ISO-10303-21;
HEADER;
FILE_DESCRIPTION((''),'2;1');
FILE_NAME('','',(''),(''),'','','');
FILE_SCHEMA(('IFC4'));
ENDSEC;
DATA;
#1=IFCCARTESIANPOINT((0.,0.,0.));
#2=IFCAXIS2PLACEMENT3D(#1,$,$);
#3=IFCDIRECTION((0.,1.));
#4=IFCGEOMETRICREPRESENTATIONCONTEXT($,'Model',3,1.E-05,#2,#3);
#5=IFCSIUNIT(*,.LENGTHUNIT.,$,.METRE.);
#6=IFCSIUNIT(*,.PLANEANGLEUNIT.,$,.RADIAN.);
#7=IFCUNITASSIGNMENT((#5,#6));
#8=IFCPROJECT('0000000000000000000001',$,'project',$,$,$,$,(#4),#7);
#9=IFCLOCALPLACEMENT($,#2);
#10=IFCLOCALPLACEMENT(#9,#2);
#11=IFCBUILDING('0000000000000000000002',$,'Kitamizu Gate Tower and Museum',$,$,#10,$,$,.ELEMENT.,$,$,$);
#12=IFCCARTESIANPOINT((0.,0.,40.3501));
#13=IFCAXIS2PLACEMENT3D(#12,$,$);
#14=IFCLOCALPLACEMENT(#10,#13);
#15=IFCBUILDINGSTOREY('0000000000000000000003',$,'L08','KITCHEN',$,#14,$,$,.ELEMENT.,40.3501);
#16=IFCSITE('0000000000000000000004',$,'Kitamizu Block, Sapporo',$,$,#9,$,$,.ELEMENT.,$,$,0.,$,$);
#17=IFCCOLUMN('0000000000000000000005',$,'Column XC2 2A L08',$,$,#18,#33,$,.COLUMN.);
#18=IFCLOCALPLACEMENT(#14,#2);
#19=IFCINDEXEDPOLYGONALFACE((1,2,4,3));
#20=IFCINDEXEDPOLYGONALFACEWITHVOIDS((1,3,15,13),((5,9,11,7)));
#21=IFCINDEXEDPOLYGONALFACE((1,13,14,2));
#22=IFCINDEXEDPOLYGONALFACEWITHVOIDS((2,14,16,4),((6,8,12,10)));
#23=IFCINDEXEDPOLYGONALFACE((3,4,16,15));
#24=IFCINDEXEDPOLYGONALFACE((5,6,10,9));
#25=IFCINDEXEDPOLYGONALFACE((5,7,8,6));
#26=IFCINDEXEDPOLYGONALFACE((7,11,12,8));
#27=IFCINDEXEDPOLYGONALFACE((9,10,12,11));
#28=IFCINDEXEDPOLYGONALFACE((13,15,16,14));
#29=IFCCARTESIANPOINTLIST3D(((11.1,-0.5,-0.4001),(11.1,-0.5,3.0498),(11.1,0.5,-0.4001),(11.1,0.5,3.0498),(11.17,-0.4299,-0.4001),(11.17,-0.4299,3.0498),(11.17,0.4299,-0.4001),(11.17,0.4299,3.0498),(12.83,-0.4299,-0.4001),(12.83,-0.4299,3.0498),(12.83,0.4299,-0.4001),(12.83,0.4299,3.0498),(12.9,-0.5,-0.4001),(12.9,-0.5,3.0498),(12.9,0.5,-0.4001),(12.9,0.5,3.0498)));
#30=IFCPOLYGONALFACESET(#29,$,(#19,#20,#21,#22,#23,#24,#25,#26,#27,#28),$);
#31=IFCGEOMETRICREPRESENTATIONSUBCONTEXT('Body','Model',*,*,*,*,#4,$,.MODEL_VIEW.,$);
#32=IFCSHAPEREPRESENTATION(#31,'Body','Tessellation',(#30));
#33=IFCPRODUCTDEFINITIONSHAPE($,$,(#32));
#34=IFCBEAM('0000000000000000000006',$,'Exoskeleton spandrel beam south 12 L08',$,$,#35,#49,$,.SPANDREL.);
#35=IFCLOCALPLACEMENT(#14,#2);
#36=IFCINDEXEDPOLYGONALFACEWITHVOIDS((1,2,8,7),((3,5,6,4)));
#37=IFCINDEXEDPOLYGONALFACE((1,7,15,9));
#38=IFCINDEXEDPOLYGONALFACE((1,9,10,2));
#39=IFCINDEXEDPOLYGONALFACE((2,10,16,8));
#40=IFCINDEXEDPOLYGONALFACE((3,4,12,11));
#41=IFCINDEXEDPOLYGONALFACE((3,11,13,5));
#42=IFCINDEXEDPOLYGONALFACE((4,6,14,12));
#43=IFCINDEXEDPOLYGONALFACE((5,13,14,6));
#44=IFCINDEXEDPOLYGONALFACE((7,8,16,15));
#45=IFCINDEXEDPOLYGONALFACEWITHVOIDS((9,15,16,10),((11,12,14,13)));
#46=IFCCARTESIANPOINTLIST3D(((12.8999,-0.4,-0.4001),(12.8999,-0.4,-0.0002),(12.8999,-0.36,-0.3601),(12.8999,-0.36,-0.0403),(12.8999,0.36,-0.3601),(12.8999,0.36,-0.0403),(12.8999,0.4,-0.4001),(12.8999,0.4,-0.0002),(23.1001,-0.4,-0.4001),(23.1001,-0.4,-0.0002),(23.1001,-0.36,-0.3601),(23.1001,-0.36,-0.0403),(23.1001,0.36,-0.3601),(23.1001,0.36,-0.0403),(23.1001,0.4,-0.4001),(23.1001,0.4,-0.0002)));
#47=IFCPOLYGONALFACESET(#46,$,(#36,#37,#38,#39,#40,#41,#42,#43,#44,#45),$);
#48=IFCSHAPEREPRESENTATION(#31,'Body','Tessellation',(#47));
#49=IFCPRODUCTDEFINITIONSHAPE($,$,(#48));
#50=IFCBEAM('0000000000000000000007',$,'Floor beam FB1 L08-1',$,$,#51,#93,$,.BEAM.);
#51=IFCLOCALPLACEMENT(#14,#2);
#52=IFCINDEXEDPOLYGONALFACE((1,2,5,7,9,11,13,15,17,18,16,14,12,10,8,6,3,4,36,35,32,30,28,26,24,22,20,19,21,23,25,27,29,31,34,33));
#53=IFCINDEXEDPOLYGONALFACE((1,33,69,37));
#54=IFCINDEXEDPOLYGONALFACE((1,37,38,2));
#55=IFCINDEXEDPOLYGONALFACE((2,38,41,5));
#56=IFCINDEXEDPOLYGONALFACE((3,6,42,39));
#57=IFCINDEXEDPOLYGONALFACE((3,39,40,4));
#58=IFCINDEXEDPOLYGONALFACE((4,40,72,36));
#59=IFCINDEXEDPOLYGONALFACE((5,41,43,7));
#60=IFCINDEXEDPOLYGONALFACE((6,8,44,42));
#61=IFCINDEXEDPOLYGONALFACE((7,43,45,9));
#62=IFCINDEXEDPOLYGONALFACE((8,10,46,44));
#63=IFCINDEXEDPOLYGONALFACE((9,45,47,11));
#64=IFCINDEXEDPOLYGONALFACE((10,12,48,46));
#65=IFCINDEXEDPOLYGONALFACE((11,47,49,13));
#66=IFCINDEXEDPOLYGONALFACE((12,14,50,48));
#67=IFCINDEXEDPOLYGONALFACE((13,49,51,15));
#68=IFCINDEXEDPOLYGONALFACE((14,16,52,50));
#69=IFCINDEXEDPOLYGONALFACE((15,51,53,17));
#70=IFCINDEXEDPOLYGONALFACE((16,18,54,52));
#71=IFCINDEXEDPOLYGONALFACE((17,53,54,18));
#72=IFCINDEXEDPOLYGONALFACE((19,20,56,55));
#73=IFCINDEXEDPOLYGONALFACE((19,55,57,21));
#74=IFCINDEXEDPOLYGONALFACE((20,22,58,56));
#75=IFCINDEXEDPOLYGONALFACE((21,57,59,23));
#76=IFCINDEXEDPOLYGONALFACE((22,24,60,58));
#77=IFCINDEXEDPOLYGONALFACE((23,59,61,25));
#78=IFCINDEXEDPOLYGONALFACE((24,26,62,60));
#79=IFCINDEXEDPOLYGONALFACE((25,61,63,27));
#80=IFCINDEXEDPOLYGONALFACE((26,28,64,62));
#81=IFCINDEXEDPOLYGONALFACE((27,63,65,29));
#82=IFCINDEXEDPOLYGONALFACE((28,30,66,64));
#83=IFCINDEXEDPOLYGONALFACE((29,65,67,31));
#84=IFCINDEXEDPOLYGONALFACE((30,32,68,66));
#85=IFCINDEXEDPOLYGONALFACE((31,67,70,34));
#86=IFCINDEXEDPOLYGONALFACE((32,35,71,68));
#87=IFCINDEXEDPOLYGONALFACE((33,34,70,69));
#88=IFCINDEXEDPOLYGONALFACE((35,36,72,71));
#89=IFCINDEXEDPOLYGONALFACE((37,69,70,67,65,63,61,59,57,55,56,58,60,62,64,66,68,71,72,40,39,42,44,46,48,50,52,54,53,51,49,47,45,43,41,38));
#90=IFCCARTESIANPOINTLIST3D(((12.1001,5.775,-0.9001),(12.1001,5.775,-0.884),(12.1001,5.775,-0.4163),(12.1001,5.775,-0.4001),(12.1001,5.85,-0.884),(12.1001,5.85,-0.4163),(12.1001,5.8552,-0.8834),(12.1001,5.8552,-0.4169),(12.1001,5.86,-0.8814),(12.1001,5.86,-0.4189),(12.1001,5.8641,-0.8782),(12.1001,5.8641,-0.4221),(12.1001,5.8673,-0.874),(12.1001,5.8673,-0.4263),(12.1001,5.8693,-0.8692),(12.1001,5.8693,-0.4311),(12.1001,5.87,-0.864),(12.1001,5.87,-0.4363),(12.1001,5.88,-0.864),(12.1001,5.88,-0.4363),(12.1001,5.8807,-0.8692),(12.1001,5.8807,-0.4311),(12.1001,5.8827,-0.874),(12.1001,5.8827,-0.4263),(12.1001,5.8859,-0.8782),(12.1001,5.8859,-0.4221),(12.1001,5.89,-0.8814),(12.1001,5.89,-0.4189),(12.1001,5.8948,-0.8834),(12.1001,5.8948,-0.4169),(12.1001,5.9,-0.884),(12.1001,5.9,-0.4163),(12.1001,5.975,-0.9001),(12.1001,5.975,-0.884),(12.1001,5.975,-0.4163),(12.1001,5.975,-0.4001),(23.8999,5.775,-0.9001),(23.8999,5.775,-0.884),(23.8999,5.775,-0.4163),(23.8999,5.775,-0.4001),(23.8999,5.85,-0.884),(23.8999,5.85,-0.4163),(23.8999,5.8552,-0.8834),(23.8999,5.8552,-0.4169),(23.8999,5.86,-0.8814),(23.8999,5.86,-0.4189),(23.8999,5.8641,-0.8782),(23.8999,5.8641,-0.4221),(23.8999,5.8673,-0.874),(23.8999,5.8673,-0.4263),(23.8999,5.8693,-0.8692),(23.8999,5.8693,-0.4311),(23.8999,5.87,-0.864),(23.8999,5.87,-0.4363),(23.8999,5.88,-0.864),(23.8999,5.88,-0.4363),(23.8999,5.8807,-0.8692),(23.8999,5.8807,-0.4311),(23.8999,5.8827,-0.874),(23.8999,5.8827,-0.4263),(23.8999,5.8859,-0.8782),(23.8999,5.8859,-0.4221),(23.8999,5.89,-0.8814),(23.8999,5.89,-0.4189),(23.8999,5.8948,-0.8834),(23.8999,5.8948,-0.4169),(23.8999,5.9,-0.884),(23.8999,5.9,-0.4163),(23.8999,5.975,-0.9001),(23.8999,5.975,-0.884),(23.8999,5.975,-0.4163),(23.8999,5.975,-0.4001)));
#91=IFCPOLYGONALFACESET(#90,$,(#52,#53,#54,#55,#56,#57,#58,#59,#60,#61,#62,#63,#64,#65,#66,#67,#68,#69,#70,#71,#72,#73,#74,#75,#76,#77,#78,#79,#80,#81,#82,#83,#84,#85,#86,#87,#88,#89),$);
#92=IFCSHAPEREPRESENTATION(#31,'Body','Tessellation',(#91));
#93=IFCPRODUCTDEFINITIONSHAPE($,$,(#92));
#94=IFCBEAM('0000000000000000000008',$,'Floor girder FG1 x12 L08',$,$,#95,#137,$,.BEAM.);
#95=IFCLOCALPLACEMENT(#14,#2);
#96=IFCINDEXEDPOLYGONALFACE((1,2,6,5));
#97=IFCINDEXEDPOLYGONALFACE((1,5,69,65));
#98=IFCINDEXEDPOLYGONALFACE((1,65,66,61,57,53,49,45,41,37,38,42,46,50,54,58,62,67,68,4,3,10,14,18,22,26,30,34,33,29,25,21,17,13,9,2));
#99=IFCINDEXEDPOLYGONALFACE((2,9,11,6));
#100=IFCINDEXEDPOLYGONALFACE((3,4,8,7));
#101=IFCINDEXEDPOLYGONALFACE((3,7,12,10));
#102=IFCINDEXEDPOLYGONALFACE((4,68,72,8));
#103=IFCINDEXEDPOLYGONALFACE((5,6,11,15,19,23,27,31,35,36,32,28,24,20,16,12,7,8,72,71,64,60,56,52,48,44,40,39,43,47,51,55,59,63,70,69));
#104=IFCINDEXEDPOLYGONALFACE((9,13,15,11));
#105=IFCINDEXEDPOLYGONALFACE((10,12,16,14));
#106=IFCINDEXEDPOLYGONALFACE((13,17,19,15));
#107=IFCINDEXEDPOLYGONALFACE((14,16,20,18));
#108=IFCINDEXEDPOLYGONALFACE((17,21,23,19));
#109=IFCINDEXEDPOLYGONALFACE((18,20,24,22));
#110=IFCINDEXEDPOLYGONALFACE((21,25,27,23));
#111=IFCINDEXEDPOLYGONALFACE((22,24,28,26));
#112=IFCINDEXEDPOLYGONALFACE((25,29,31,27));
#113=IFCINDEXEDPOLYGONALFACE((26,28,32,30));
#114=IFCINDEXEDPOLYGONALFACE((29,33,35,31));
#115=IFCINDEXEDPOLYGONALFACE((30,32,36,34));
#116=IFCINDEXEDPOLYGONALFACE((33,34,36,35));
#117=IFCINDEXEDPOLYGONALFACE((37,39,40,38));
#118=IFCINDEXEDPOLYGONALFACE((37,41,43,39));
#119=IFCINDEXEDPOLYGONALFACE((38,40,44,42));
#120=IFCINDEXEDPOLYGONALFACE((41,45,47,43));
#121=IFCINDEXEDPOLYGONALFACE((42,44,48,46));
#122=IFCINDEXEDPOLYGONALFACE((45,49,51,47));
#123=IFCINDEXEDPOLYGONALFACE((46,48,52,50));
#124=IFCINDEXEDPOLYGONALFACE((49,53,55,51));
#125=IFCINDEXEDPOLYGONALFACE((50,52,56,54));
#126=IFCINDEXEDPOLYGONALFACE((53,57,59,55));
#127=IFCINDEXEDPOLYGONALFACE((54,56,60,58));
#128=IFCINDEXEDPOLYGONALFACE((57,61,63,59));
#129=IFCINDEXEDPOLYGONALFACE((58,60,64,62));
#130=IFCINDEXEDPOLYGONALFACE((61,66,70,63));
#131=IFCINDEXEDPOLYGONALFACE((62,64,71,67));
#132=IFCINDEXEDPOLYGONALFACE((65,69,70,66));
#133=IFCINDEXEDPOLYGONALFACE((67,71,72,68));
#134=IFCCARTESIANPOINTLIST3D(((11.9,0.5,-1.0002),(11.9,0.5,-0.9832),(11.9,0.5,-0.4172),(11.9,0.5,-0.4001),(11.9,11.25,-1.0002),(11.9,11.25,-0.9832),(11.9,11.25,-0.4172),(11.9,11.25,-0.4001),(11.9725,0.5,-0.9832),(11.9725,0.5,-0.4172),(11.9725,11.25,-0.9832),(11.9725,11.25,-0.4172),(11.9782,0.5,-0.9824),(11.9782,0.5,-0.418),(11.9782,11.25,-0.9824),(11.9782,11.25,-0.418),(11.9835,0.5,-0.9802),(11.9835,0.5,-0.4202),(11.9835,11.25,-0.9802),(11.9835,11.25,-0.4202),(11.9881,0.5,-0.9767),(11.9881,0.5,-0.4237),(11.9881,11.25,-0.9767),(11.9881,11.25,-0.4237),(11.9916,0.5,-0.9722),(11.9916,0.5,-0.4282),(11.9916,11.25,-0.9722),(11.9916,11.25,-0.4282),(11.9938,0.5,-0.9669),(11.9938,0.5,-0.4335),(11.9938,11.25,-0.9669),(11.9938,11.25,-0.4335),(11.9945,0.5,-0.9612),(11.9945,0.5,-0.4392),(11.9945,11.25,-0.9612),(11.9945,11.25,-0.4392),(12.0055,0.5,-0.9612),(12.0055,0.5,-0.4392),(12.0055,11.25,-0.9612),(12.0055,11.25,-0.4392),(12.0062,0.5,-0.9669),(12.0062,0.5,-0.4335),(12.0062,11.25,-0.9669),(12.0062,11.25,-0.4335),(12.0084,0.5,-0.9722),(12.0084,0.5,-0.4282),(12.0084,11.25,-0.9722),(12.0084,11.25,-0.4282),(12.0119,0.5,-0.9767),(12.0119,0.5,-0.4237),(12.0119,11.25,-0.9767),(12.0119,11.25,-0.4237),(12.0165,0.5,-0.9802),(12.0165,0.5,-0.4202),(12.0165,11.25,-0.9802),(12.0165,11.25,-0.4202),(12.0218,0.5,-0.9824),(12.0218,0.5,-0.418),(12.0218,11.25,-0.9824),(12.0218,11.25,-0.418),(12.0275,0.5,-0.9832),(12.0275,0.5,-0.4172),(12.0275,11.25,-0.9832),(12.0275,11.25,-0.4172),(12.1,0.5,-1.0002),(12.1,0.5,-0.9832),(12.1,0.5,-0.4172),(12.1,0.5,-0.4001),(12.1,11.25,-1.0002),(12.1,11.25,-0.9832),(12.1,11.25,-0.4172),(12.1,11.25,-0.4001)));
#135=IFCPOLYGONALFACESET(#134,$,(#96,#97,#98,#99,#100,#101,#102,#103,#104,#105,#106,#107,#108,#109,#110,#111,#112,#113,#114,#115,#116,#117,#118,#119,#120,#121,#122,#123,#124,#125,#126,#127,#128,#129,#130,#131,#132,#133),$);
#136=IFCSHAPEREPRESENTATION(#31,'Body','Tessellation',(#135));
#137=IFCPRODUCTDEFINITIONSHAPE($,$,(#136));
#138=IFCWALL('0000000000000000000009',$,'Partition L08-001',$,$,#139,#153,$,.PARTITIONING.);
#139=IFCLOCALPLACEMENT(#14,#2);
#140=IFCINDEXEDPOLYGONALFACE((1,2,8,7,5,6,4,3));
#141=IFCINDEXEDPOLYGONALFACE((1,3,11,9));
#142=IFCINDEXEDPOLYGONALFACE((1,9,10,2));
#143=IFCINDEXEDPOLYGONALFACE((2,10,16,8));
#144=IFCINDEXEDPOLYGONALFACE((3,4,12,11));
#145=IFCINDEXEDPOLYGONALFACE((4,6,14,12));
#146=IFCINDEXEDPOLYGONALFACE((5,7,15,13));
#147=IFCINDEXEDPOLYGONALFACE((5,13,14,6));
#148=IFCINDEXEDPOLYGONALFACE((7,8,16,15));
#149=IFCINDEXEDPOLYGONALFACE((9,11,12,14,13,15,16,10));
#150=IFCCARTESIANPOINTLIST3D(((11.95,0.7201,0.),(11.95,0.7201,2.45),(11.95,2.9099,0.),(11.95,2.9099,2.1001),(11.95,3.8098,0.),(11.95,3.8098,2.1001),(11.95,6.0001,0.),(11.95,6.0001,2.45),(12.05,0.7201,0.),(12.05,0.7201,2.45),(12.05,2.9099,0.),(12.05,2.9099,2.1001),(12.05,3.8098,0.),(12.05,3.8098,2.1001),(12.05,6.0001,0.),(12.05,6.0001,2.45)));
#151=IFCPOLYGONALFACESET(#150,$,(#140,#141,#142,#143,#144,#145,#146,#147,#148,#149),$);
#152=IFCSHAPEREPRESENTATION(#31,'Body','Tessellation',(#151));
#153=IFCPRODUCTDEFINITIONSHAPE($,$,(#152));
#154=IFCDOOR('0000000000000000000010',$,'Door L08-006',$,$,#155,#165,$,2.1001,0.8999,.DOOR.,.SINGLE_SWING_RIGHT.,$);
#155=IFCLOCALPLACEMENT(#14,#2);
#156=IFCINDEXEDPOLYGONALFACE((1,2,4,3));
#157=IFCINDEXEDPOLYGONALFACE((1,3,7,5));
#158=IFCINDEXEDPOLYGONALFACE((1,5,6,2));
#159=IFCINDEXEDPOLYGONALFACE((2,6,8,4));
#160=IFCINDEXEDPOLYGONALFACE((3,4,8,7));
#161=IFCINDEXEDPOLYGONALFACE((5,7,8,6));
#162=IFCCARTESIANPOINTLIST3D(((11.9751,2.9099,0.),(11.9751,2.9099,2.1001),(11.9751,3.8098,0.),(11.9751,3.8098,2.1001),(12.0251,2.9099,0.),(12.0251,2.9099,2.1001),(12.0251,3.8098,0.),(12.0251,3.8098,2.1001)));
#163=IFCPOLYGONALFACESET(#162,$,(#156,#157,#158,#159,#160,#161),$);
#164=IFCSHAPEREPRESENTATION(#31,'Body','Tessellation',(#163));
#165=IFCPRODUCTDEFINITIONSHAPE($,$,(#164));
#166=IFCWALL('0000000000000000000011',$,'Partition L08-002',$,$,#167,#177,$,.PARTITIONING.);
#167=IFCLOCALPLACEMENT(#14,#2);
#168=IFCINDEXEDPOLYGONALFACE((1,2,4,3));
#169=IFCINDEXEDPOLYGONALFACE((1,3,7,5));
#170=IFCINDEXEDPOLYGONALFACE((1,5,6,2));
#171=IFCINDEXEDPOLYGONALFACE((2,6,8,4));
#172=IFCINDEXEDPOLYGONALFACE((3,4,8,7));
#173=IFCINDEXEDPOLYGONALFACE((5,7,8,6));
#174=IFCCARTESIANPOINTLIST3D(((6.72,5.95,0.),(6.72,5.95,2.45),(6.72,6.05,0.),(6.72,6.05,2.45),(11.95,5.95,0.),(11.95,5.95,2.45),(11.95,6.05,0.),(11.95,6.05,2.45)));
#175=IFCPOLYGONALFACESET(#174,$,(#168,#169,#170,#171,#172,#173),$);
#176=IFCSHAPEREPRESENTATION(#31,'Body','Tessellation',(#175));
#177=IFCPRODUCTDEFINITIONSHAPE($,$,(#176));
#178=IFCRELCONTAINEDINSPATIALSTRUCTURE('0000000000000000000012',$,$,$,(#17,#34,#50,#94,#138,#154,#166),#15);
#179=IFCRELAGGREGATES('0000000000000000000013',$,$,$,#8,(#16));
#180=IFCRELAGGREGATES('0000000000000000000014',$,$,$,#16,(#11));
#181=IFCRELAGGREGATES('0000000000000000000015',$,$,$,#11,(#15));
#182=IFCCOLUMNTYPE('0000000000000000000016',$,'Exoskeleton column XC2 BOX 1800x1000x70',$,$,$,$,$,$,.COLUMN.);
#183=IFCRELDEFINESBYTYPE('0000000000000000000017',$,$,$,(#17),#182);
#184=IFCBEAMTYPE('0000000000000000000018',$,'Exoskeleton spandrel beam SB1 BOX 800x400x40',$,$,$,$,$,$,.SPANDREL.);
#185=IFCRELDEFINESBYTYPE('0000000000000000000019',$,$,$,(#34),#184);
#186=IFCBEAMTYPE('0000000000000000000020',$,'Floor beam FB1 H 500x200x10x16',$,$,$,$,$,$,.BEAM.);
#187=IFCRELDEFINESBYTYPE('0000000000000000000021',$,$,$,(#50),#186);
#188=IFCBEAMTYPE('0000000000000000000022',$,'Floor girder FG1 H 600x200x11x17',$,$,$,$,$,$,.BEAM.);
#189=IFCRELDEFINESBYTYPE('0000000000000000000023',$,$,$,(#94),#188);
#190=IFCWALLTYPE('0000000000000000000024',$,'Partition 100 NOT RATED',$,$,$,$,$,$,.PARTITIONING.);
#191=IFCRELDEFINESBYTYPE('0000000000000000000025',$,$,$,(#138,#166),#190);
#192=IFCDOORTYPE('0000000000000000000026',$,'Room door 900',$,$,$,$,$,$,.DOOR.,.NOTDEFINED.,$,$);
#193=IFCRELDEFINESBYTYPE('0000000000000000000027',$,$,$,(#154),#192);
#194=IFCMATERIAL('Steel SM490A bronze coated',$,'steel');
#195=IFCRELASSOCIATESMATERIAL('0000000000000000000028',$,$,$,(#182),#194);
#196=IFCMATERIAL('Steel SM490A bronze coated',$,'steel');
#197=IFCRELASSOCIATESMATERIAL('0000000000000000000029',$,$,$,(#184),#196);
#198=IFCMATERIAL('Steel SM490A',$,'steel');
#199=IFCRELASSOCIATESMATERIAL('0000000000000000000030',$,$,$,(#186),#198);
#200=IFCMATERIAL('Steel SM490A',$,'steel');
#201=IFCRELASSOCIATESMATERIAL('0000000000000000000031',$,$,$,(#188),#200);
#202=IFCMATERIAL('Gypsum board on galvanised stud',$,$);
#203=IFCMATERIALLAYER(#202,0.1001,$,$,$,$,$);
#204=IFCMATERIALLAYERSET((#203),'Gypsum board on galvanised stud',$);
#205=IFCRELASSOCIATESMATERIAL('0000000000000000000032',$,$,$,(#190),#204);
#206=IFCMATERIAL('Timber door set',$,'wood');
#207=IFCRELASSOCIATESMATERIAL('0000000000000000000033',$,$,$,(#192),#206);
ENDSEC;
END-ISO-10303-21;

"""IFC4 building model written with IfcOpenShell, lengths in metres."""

from ifc_helpers import new_model, si_unit, direction, frame, frame_2d, origin, origin_2d, place, context, subcontext, project, spatial, rectangle, hollow_rectangle, i_section, extrude, material, layer, layer_set, material_profile, profile_set, type_object, element, fill, save


model = new_model("IFC4")

# Units and contexts
model_context = context("Model", 3, precision=1e-05, world=origin(), true_north=direction((0.0, 1.0)))
body_context = subcontext(model_context, "Body", "Model", "MODEL_VIEW")
ifc_project = project(units=[si_unit("LENGTHUNIT", "METRE"), si_unit("PLANEANGLEUNIT", "RADIAN")], contexts=[model_context])

# Site, building, storey
site_placement = place(None, origin())
site = spatial("IfcSite", under=ifc_project, at=site_placement, Name="Kitamizu Block, Sapporo", CompositionType="ELEMENT", RefElevation=0.0)
building_placement = place(site_placement, origin())
building = spatial("IfcBuilding", under=site, at=building_placement, Name="Kitamizu Gate Tower and Museum", CompositionType="ELEMENT")
storey_placement = place(building_placement, frame((0.0, 0.0, 40.3501)))
storey = spatial("IfcBuildingStorey", under=building, at=storey_placement, Name="L08", Description="KITCHEN", CompositionType="ELEMENT", Elevation=40.3501)

# Column
ifc_material_1 = material(Name="Steel SM490A bronze coated", Category="steel")
ifc_material_profile_1 = material_profile(ifc_material_1, hollow_rectangle(XDim=1.8, YDim=1.0, WallThickness=0.0701, at=origin_2d()), Name="BOX 1800x1000x70")
ifc_profile_set_1 = profile_set([ifc_material_profile_1], Name="Steel SM490A bronze coated")
column_type = type_object("IfcColumnType", Name="Exoskeleton column XC2 BOX 1800x1000x70", PredefinedType="COLUMN", material=ifc_profile_set_1)
column_placement = place(storey_placement, frame((12.0, 0.0, -0.4001), z_axis=(0.0, 0.0, 1.0), x_axis=(1.0, 0.0, 0.0)))
element("IfcColumn", 1, at=column_placement, inside=storey, type_object=column_type, Name="Column XC2 2A L08", PredefinedType="COLUMN", context=body_context, shape_type="SweptSolid", body=[
    extrude(hollow_rectangle(XDim=1.8, YDim=1.0, WallThickness=0.0701, at=origin_2d()), origin(), (0.0, 0.0, 1.0), 3.45),
])

# Beams
ifc_material_2 = material(Name="Steel SM490A bronze coated", Category="steel")
ifc_material_profile_2 = material_profile(ifc_material_2, hollow_rectangle(XDim=0.8, YDim=0.3999, WallThickness=0.04, at=origin_2d()), Name="BOX 800x400x40")
ifc_profile_set_2 = profile_set([ifc_material_profile_2], Name="Steel SM490A bronze coated")
beam_type_1 = type_object("IfcBeamType", Name="Exoskeleton spandrel beam SB1 BOX 800x400x40", PredefinedType="SPANDREL", material=ifc_profile_set_2)
beam_1_placement = place(storey_placement, frame((12.8999, 0.0, -0.2002), z_axis=(1.0, 0.0, 0.0), x_axis=(0.0, 1.0, 0.0)))
element("IfcBeam", 2, at=beam_1_placement, inside=storey, type_object=beam_type_1, Name="Exoskeleton spandrel beam south 12 L08", PredefinedType="SPANDREL", context=body_context, shape_type="SweptSolid", body=[
    extrude(hollow_rectangle(XDim=0.8, YDim=0.3999, WallThickness=0.04, at=origin_2d()), origin(), (0.0, 0.0, 1.0), 10.2002),
])
ifc_material_3 = material(Name="Steel SM490A", Category="steel")
ifc_material_profile_3 = material_profile(ifc_material_3, i_section(OverallWidth=0.2, OverallDepth=0.5, WebThickness=0.01, FlangeThickness=0.0161, FilletRadius=0.02, at=origin_2d()), Name="H-500x200x10x16")
ifc_profile_set_3 = profile_set([ifc_material_profile_3], Name="Steel SM490A")
beam_type_2 = type_object("IfcBeamType", Name="Floor beam FB1 H 500x200x10x16", PredefinedType="BEAM", material=ifc_profile_set_3)
beam_2_placement = place(storey_placement, frame((12.1001, 5.875, -0.6501), z_axis=(1.0, 0.0, 0.0), x_axis=(0.0, 1.0, 0.0)))
element("IfcBeam", 3, at=beam_2_placement, inside=storey, type_object=beam_type_2, Name="Floor beam FB1 L08-1", PredefinedType="BEAM", context=body_context, shape_type="SweptSolid", body=[
    extrude(i_section(OverallWidth=0.2, OverallDepth=0.5, WebThickness=0.01, FlangeThickness=0.0161, FilletRadius=0.02, at=origin_2d()), origin(), (0.0, 0.0, 1.0), 11.7998),
])
ifc_material_4 = material(Name="Steel SM490A", Category="steel")
ifc_material_profile_4 = material_profile(ifc_material_4, i_section(OverallWidth=0.2, OverallDepth=0.6001, WebThickness=0.011, FlangeThickness=0.0171, FilletRadius=0.022, at=origin_2d()), Name="H-600x200x11x17")
ifc_profile_set_4 = profile_set([ifc_material_profile_4], Name="Steel SM490A")
beam_type_3 = type_object("IfcBeamType", Name="Floor girder FG1 H 600x200x11x17", PredefinedType="BEAM", material=ifc_profile_set_4)
beam_3_placement = place(storey_placement, frame((12.0, 0.5, -0.7002), z_axis=(0.0, 1.0, 0.0), x_axis=(-1.0, 0.0, 0.0)))
element("IfcBeam", 4, at=beam_3_placement, inside=storey, type_object=beam_type_3, Name="Floor girder FG1 x12 L08", PredefinedType="BEAM", context=body_context, shape_type="SweptSolid", body=[
    extrude(i_section(OverallWidth=0.2, OverallDepth=0.6001, WebThickness=0.011, FlangeThickness=0.0171, FilletRadius=0.022, at=origin_2d()), origin(), (0.0, 0.0, 1.0), 10.75),
])

# Wall, opening, door
ifc_material_5 = material(Name="Gypsum board on galvanised stud")
ifc_layer_1 = layer(ifc_material_5, 0.1001)
ifc_layer_set_1 = layer_set([ifc_layer_1], Name="Gypsum board on galvanised stud")
wall_type_1 = type_object("IfcWallType", Name="Partition 100 NOT RATED", PredefinedType="PARTITIONING", material=ifc_layer_set_1)
wall_1_placement = place(storey_placement, frame((12.0, 0.72, 0.0), z_axis=(0.0, 0.0, 1.0), x_axis=(0.0, 1.0, 0.0)))
wall_1 = element("IfcWall", 5, at=wall_1_placement, inside=storey, type_object=wall_type_1, Name="Partition L08-001", PredefinedType="PARTITIONING", context=body_context, shape_type="SweptSolid", body=[
    extrude(rectangle(XDim=5.28, YDim=0.1001, at=frame_2d((2.6401, 0.0))), origin(), (0.0, 0.0, 1.0), 2.45),
])
opening_1_placement = place(wall_1_placement, frame((2.1899, 0.0, 0.0)))
opening_1 = element("IfcOpeningElement", 6, at=opening_1_placement, cuts=wall_1, PredefinedType="OPENING", context=body_context, shape_type="SweptSolid", body=[
    extrude(rectangle(XDim=0.8999, YDim=2.1001, at=frame_2d((0.45, 1.05))), frame((0.0, 0.0601, 0.0), z_axis=(0.0, -1.0, 0.0), x_axis=(1.0, 0.0, 0.0)), (0.0, 0.0, 1.0), 0.1201),
])
ifc_material_6 = material(Name="Timber door set", Category="wood")
door_type = type_object("IfcDoorType", Name="Room door 900", OperationType="NOTDEFINED", PredefinedType="DOOR", material=ifc_material_6)
door_1_placement = place(opening_1_placement, origin())
door_1 = element("IfcDoor", 7, at=door_1_placement, inside=storey, type_object=door_type, Name="Door L08-006", OperationType="SINGLE_SWING_RIGHT", OverallHeight=2.1001, OverallWidth=0.8999, PredefinedType="DOOR", context=body_context, shape_type="SweptSolid", body=[
    extrude(rectangle(XDim=0.8999, YDim=2.1001, at=frame_2d((0.45, 1.05))), frame((0.0, 0.0249, 0.0), z_axis=(0.0, -1.0, 0.0), x_axis=(1.0, 0.0, 0.0)), (0.0, 0.0, 1.0), 0.05),
])
fill(opening_1, door_1)

# Wall
wall_2_placement = place(storey_placement, frame((11.95, 6.0, 0.0), z_axis=(0.0, 0.0, 1.0), x_axis=(-1.0, 0.0, 0.0)))
element("IfcWall", 8, at=wall_2_placement, inside=storey, type_object=wall_type_1, Name="Partition L08-002", PredefinedType="PARTITIONING", context=body_context, shape_type="SweptSolid", body=[
    extrude(rectangle(XDim=5.23, YDim=0.1001, at=frame_2d((2.615, 0.0))), origin(), (0.0, 0.0, 1.0), 2.45),
])

save(model, "model.ifc")
